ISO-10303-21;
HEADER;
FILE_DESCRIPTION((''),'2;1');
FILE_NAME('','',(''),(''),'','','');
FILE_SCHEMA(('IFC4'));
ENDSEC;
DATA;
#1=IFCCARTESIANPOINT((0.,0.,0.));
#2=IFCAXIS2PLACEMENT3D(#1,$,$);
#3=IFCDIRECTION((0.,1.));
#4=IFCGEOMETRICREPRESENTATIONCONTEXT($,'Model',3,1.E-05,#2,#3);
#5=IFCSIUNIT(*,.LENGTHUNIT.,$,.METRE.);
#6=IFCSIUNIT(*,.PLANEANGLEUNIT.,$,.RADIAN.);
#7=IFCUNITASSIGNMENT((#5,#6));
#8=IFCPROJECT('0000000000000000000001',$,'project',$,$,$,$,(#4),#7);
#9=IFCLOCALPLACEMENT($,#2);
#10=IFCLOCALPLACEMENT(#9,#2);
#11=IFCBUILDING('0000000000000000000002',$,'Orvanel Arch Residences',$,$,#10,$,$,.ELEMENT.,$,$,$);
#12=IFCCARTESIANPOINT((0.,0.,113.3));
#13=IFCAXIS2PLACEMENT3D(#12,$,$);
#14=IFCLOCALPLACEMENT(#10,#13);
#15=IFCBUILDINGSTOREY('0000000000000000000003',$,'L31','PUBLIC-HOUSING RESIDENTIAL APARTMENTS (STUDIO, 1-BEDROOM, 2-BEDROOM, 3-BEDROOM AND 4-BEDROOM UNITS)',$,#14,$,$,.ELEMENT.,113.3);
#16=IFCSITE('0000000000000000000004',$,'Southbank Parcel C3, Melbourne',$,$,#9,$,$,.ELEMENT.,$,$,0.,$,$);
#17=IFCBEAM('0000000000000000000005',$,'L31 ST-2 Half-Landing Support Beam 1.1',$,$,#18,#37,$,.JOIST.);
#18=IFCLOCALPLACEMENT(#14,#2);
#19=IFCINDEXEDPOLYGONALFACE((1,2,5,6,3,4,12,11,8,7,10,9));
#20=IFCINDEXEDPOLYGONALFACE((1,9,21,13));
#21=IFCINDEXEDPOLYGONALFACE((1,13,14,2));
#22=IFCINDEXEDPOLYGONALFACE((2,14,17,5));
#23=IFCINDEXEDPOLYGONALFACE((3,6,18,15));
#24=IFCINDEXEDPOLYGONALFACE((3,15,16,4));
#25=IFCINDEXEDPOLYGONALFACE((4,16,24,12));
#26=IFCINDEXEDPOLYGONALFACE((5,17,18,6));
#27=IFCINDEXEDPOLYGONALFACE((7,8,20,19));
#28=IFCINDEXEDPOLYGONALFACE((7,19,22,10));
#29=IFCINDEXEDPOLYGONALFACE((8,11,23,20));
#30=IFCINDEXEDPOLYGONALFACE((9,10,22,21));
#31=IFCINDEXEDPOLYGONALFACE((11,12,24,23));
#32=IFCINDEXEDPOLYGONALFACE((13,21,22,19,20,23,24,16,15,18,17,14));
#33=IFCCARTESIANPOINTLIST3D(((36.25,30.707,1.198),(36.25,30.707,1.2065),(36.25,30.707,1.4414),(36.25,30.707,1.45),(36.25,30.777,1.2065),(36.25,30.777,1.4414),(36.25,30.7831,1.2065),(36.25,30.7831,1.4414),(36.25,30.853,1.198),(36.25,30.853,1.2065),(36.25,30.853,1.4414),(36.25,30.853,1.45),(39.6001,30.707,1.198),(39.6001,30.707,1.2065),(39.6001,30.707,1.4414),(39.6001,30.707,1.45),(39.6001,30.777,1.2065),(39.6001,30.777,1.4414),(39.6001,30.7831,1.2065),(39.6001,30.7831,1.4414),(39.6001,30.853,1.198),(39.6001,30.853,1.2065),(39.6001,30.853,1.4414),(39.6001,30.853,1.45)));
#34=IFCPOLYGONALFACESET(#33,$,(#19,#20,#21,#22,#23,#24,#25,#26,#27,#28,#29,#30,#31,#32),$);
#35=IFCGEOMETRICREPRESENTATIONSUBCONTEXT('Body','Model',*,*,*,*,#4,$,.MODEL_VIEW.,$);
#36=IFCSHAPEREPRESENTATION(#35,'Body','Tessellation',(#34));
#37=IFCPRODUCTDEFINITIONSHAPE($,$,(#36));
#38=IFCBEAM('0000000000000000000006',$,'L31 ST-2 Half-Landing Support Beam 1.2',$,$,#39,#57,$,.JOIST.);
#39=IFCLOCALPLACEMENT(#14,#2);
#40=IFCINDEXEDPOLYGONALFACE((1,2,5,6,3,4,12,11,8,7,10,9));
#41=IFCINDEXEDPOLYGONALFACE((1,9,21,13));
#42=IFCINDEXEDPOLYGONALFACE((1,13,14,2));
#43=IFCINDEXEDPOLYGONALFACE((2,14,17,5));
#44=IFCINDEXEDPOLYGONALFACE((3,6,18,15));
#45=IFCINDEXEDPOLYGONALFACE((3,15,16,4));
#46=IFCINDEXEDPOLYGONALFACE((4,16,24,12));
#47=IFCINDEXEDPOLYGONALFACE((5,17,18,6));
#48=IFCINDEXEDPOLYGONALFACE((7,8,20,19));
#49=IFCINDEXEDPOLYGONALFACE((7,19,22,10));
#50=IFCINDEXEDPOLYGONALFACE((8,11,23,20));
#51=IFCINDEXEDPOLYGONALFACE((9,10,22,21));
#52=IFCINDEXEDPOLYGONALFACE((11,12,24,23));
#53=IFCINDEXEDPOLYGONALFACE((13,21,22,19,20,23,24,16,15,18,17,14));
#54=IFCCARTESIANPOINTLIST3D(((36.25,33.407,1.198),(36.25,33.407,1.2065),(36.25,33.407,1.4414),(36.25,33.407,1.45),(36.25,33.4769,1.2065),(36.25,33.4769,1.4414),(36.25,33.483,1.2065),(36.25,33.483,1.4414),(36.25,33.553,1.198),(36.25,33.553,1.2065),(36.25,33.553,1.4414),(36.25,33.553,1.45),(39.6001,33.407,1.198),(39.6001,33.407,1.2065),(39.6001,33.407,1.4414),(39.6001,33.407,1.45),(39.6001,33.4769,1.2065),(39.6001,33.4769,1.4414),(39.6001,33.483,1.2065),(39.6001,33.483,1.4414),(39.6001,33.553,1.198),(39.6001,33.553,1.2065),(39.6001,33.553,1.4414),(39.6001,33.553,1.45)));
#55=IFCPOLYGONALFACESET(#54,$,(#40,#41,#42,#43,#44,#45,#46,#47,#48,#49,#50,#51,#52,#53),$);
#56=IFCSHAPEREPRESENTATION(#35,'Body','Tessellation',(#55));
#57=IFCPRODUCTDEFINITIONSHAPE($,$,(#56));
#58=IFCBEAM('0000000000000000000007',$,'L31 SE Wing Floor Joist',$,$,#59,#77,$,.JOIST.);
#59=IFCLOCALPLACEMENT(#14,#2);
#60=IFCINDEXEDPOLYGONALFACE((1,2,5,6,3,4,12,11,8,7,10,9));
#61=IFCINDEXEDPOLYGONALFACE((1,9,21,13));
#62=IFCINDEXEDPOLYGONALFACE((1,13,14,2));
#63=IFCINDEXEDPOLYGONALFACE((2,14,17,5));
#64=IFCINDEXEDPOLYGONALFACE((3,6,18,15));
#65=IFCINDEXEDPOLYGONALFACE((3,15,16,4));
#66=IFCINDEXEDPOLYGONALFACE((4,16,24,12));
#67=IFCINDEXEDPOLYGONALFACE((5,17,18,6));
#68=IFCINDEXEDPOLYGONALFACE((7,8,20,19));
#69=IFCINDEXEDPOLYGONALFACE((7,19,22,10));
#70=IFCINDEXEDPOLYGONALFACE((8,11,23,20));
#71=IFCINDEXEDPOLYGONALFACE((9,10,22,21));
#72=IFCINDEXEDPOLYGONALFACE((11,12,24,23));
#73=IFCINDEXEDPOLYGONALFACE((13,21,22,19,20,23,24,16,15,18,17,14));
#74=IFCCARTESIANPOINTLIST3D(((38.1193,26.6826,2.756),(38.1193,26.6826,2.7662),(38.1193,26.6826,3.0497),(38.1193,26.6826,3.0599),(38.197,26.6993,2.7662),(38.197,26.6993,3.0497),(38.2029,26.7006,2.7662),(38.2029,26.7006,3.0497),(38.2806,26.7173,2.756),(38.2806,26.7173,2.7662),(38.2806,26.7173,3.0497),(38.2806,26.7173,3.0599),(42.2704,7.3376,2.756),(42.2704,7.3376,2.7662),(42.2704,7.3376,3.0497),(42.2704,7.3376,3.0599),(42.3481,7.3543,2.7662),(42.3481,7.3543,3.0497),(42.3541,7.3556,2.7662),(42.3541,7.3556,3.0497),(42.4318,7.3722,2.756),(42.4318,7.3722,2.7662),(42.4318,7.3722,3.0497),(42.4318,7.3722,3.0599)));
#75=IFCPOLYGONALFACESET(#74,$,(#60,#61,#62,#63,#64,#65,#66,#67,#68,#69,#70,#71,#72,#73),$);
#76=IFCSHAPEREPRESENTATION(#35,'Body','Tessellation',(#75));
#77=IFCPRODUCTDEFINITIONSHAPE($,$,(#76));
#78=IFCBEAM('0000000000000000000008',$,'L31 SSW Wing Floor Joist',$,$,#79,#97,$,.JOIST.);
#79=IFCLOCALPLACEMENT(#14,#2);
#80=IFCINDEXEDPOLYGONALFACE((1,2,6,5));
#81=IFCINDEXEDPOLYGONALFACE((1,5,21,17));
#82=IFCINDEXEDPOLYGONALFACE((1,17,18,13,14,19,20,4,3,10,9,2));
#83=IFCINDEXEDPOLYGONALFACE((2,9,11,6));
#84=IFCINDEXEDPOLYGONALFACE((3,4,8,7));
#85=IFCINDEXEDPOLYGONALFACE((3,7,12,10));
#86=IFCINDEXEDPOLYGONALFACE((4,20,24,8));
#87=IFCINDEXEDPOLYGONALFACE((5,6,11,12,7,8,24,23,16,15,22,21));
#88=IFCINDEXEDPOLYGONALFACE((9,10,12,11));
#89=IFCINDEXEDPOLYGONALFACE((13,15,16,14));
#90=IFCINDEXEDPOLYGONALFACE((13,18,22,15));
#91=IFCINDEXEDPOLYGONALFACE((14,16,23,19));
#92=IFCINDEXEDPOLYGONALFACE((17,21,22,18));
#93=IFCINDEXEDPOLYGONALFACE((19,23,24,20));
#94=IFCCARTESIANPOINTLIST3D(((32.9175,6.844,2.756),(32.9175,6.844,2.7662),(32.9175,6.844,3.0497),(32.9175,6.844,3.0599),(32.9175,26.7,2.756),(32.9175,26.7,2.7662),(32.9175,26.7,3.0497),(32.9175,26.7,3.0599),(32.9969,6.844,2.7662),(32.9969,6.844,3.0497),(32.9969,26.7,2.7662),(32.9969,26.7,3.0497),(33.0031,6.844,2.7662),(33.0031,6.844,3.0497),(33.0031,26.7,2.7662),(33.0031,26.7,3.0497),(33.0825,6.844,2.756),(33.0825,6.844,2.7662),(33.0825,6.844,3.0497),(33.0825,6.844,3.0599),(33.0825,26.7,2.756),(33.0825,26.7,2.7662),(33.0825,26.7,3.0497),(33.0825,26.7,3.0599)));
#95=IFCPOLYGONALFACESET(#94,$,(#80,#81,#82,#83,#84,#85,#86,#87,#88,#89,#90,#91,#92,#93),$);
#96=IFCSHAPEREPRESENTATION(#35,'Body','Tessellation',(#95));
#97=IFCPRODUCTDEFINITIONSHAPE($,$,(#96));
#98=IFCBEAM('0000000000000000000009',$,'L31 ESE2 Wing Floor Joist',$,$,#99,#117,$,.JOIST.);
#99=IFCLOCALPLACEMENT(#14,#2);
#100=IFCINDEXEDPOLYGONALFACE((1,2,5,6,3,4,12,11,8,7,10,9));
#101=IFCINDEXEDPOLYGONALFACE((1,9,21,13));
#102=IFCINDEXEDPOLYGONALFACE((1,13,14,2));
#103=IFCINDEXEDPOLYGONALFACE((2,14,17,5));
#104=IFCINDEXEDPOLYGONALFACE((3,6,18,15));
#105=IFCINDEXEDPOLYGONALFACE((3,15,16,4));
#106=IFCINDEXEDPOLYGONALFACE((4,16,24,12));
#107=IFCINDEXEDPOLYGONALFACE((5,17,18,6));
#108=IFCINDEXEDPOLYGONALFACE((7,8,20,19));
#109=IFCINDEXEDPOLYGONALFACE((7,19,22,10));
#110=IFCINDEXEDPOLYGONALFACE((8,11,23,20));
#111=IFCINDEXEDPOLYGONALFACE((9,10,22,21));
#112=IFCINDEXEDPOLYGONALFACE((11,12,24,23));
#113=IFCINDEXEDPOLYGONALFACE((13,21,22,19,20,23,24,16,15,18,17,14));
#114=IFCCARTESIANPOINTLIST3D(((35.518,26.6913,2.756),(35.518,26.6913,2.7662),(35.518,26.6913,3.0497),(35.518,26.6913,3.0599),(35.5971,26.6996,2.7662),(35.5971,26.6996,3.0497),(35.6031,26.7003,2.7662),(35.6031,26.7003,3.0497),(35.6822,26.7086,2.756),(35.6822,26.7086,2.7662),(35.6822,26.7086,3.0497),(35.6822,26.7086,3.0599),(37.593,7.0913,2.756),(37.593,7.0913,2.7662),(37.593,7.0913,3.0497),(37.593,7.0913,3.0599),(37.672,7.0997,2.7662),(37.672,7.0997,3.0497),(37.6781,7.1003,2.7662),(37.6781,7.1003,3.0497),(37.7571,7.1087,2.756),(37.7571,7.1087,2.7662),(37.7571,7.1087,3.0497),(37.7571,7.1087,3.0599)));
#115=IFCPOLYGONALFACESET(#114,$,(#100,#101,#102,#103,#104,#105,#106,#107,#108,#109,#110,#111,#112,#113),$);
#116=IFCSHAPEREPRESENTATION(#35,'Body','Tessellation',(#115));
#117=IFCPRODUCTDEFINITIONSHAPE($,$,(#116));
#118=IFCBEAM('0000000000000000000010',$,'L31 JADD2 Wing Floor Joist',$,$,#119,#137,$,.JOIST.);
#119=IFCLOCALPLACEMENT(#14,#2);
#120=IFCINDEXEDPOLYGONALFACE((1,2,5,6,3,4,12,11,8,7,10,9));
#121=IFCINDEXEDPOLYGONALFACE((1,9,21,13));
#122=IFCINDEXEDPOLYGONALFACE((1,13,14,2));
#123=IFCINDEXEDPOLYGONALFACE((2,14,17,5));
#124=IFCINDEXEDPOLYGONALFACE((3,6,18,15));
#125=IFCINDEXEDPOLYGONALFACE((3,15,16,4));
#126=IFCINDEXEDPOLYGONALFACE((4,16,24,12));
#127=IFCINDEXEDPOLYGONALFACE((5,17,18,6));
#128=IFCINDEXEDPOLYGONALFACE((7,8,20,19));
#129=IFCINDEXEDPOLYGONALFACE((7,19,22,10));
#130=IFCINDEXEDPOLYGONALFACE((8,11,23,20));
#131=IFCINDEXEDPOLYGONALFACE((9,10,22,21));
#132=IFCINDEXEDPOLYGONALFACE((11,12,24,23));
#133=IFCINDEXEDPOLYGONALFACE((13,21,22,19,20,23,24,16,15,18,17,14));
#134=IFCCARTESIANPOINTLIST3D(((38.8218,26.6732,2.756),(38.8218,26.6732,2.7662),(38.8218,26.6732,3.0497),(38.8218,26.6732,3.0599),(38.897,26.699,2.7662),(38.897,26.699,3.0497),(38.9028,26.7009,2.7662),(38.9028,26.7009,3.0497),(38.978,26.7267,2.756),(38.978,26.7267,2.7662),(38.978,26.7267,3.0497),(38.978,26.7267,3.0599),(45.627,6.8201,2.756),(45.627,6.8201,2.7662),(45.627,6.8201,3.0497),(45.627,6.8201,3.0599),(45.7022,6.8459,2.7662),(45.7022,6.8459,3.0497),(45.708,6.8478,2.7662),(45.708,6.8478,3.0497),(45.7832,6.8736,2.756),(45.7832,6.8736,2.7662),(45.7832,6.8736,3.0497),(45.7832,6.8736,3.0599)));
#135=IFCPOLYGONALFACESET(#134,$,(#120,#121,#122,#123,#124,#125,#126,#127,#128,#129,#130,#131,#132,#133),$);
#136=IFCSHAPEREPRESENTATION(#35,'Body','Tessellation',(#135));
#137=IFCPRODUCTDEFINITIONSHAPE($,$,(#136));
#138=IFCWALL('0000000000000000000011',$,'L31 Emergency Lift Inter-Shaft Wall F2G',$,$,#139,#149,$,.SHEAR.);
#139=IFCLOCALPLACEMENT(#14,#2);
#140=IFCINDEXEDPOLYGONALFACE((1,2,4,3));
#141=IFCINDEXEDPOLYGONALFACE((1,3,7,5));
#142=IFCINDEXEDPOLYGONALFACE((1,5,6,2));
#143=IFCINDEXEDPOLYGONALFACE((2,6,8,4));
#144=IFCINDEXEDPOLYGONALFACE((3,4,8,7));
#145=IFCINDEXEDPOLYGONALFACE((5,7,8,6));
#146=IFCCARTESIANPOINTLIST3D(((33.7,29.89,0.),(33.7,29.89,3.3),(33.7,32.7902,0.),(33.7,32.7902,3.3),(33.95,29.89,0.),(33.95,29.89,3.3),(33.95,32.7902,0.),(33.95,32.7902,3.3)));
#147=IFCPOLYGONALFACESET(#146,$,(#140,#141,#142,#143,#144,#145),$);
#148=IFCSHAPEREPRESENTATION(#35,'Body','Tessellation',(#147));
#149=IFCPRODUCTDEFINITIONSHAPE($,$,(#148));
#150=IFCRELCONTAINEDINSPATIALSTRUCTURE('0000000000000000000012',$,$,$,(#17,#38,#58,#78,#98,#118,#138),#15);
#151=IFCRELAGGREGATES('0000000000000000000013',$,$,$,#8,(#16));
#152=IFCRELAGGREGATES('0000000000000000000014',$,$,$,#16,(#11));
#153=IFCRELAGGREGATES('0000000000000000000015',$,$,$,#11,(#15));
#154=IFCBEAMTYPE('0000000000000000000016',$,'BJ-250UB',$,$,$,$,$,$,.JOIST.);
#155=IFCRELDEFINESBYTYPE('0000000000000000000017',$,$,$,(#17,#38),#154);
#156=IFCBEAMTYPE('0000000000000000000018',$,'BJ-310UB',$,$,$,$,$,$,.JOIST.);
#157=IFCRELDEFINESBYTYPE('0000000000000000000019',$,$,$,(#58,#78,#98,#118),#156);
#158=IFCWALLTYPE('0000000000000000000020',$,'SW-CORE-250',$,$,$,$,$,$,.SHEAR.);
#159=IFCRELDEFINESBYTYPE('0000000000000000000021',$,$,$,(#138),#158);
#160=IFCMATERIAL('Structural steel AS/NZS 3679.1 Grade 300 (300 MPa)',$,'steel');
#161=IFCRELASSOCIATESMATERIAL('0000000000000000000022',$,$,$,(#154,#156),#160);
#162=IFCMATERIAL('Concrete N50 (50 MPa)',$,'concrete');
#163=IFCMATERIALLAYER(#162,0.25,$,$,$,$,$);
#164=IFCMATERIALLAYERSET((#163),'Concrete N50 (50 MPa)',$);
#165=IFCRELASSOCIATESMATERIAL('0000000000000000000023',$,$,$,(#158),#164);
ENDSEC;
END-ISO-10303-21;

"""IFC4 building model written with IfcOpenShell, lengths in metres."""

from ifc_helpers import new_model, si_unit, direction, frame, frame_2d, origin, origin_2d, place, context, subcontext, project, spatial, rectangle, i_section, extrude, material, layer, layer_set, material_profile, profile_set, type_object, element, save


model = new_model("IFC4")

# Units and contexts
model_context = context("Model", 3, precision=1e-05, world=origin(), true_north=direction((0.0, 1.0)))
body_context = subcontext(model_context, "Body", "Model", "MODEL_VIEW")
ifc_project = project(units=[si_unit("LENGTHUNIT", "METRE"), si_unit("PLANEANGLEUNIT", "RADIAN")], contexts=[model_context])

# Site, building, storey
site_placement = place(None, origin())
site = spatial("IfcSite", under=ifc_project, at=site_placement, Name="Southbank Parcel C3, Melbourne", CompositionType="ELEMENT", RefElevation=0.0)
building_placement = place(site_placement, origin())
building = spatial("IfcBuilding", under=site, at=building_placement, Name="Orvanel Arch Residences", CompositionType="ELEMENT")
storey_placement = place(building_placement, frame((0.0, 0.0, 113.3)))
storey = spatial("IfcBuildingStorey", under=building, at=storey_placement, Name="L31", Description="PUBLIC-HOUSING RESIDENTIAL APARTMENTS (STUDIO, 1-BEDROOM, 2-BEDROOM, 3-BEDROOM AND 4-BEDROOM UNITS)", CompositionType="ELEMENT", Elevation=113.3)

# Beams
ifc_material_1 = material(Name="Structural steel AS/NZS 3679.1 Grade 300 (300 MPa)", Category="steel")
ifc_material_profile_1 = material_profile(ifc_material_1, i_section(OverallWidth=0.146, OverallDepth=0.252, WebThickness=0.0061, FlangeThickness=0.0085, at=origin_2d()), Name="250UB31.4")
ifc_profile_set_1 = profile_set([ifc_material_profile_1], Name="Structural steel AS/NZS 3679.1 Grade 300 (300 MPa)")
beam_type_1 = type_object("IfcBeamType", Name="BJ-250UB", PredefinedType="JOIST", material=ifc_profile_set_1)
for number, where, z_axis, x_axis, name in (
    (1, (36.25, 30.78, 1.324), (1.0, 0.0, 0.0), (0.0, 1.0, 0.0), "L31 ST-2 Half-Landing Support Beam 1.1"),
    (2, (36.25, 33.48, 1.324), (1.0, 0.0, 0.0), (0.0, 1.0, 0.0), "L31 ST-2 Half-Landing Support Beam 1.2"),
):
    element("IfcBeam", number, at=place(storey_placement, frame(where, z_axis=z_axis, x_axis=x_axis)), inside=storey, type_object=beam_type_1, Name=name, PredefinedType="JOIST", context=body_context, shape_type="SweptSolid", body=[
        extrude(i_section(OverallWidth=0.146, OverallDepth=0.252, WebThickness=0.0061, FlangeThickness=0.0085, at=origin_2d()), origin(), (0.0, 0.0, 1.0), 3.3501),
    ])
ifc_material_profile_2 = material_profile(ifc_material_1, i_section(OverallWidth=0.165, OverallDepth=0.304, WebThickness=0.0061, FlangeThickness=0.0103, at=origin_2d()), Name="310UB40.4")
ifc_profile_set_2 = profile_set([ifc_material_profile_2], Name="Structural steel AS/NZS 3679.1 Grade 300 (300 MPa)")
beam_type_2 = type_object("IfcBeamType", Name="BJ-310UB", PredefinedType="JOIST", material=ifc_profile_set_2)
beam_1_placement = place(storey_placement, frame((38.2, 26.7, 2.908), z_axis=(0.209808, -0.977743, 0.0), x_axis=(0.977743, 0.209808, 0.0)))
element("IfcBeam", 3, at=beam_1_placement, inside=storey, type_object=beam_type_2, Name="L31 SE Wing Floor Joist", PredefinedType="JOIST", context=body_context, shape_type="SweptSolid", body=[
    extrude(i_section(OverallWidth=0.165, OverallDepth=0.304, WebThickness=0.0061, FlangeThickness=0.0103, at=origin_2d()), origin(), (0.0, 0.0, 1.0), 19.7854),
])
beam_2_placement = place(storey_placement, frame((33.0, 26.7, 2.908), z_axis=(0.0, -1.0, 0.0), x_axis=(1.0, 0.0, 0.0)))
element("IfcBeam", 4, at=beam_2_placement, inside=storey, type_object=beam_type_2, Name="L31 SSW Wing Floor Joist", PredefinedType="JOIST", context=body_context, shape_type="SweptSolid", body=[
    extrude(i_section(OverallWidth=0.165, OverallDepth=0.304, WebThickness=0.0061, FlangeThickness=0.0103, at=origin_2d()), origin(), (0.0, 0.0, 1.0), 19.856),
])
beam_3_placement = place(storey_placement, frame((35.6001, 26.7, 2.908), z_axis=(0.105277, -0.994443, 0.0), x_axis=(0.994443, 0.105277, 0.0)))
element("IfcBeam", 5, at=beam_3_placement, inside=storey, type_object=beam_type_2, Name="L31 ESE2 Wing Floor Joist", PredefinedType="JOIST", context=body_context, shape_type="SweptSolid", body=[
    extrude(i_section(OverallWidth=0.165, OverallDepth=0.304, WebThickness=0.0061, FlangeThickness=0.0103, at=origin_2d()), origin(), (0.0, 0.0, 1.0), 19.7095),
])
beam_4_placement = place(storey_placement, frame((38.8999, 26.7, 2.908), z_axis=(0.324257, -0.945969, 0.0), x_axis=(0.945969, 0.324257, 0.0)))
element("IfcBeam", 6, at=beam_4_placement, inside=storey, type_object=beam_type_2, Name="L31 JADD2 Wing Floor Joist", PredefinedType="JOIST", context=body_context, shape_type="SweptSolid", body=[
    extrude(i_section(OverallWidth=0.165, OverallDepth=0.304, WebThickness=0.0061, FlangeThickness=0.0103, at=origin_2d()), origin(), (0.0, 0.0, 1.0), 20.9871),
])

# Wall
ifc_material_2 = material(Name="Concrete N50 (50 MPa)", Category="concrete")
ifc_layer_1 = layer(ifc_material_2, 0.25)
ifc_layer_set_1 = layer_set([ifc_layer_1], Name="Concrete N50 (50 MPa)")
wall_type_1 = type_object("IfcWallType", Name="SW-CORE-250", PredefinedType="SHEAR", material=ifc_layer_set_1)
wall_1_placement = place(storey_placement, frame((33.825, 29.8899, 0.0), z_axis=(0.0, 0.0, 1.0), x_axis=(0.0, 1.0, 0.0)))
element("IfcWall", 7, at=wall_1_placement, inside=storey, type_object=wall_type_1, Name="L31 Emergency Lift Inter-Shaft Wall F2G", PredefinedType="SHEAR", context=body_context, shape_type="SweptSolid", body=[
    extrude(rectangle(XDim=2.9001, YDim=0.25, at=frame_2d((1.4502, 0.0))), origin(), (0.0, 0.0, 1.0), 3.3),
])

save(model, "model.ifc")
